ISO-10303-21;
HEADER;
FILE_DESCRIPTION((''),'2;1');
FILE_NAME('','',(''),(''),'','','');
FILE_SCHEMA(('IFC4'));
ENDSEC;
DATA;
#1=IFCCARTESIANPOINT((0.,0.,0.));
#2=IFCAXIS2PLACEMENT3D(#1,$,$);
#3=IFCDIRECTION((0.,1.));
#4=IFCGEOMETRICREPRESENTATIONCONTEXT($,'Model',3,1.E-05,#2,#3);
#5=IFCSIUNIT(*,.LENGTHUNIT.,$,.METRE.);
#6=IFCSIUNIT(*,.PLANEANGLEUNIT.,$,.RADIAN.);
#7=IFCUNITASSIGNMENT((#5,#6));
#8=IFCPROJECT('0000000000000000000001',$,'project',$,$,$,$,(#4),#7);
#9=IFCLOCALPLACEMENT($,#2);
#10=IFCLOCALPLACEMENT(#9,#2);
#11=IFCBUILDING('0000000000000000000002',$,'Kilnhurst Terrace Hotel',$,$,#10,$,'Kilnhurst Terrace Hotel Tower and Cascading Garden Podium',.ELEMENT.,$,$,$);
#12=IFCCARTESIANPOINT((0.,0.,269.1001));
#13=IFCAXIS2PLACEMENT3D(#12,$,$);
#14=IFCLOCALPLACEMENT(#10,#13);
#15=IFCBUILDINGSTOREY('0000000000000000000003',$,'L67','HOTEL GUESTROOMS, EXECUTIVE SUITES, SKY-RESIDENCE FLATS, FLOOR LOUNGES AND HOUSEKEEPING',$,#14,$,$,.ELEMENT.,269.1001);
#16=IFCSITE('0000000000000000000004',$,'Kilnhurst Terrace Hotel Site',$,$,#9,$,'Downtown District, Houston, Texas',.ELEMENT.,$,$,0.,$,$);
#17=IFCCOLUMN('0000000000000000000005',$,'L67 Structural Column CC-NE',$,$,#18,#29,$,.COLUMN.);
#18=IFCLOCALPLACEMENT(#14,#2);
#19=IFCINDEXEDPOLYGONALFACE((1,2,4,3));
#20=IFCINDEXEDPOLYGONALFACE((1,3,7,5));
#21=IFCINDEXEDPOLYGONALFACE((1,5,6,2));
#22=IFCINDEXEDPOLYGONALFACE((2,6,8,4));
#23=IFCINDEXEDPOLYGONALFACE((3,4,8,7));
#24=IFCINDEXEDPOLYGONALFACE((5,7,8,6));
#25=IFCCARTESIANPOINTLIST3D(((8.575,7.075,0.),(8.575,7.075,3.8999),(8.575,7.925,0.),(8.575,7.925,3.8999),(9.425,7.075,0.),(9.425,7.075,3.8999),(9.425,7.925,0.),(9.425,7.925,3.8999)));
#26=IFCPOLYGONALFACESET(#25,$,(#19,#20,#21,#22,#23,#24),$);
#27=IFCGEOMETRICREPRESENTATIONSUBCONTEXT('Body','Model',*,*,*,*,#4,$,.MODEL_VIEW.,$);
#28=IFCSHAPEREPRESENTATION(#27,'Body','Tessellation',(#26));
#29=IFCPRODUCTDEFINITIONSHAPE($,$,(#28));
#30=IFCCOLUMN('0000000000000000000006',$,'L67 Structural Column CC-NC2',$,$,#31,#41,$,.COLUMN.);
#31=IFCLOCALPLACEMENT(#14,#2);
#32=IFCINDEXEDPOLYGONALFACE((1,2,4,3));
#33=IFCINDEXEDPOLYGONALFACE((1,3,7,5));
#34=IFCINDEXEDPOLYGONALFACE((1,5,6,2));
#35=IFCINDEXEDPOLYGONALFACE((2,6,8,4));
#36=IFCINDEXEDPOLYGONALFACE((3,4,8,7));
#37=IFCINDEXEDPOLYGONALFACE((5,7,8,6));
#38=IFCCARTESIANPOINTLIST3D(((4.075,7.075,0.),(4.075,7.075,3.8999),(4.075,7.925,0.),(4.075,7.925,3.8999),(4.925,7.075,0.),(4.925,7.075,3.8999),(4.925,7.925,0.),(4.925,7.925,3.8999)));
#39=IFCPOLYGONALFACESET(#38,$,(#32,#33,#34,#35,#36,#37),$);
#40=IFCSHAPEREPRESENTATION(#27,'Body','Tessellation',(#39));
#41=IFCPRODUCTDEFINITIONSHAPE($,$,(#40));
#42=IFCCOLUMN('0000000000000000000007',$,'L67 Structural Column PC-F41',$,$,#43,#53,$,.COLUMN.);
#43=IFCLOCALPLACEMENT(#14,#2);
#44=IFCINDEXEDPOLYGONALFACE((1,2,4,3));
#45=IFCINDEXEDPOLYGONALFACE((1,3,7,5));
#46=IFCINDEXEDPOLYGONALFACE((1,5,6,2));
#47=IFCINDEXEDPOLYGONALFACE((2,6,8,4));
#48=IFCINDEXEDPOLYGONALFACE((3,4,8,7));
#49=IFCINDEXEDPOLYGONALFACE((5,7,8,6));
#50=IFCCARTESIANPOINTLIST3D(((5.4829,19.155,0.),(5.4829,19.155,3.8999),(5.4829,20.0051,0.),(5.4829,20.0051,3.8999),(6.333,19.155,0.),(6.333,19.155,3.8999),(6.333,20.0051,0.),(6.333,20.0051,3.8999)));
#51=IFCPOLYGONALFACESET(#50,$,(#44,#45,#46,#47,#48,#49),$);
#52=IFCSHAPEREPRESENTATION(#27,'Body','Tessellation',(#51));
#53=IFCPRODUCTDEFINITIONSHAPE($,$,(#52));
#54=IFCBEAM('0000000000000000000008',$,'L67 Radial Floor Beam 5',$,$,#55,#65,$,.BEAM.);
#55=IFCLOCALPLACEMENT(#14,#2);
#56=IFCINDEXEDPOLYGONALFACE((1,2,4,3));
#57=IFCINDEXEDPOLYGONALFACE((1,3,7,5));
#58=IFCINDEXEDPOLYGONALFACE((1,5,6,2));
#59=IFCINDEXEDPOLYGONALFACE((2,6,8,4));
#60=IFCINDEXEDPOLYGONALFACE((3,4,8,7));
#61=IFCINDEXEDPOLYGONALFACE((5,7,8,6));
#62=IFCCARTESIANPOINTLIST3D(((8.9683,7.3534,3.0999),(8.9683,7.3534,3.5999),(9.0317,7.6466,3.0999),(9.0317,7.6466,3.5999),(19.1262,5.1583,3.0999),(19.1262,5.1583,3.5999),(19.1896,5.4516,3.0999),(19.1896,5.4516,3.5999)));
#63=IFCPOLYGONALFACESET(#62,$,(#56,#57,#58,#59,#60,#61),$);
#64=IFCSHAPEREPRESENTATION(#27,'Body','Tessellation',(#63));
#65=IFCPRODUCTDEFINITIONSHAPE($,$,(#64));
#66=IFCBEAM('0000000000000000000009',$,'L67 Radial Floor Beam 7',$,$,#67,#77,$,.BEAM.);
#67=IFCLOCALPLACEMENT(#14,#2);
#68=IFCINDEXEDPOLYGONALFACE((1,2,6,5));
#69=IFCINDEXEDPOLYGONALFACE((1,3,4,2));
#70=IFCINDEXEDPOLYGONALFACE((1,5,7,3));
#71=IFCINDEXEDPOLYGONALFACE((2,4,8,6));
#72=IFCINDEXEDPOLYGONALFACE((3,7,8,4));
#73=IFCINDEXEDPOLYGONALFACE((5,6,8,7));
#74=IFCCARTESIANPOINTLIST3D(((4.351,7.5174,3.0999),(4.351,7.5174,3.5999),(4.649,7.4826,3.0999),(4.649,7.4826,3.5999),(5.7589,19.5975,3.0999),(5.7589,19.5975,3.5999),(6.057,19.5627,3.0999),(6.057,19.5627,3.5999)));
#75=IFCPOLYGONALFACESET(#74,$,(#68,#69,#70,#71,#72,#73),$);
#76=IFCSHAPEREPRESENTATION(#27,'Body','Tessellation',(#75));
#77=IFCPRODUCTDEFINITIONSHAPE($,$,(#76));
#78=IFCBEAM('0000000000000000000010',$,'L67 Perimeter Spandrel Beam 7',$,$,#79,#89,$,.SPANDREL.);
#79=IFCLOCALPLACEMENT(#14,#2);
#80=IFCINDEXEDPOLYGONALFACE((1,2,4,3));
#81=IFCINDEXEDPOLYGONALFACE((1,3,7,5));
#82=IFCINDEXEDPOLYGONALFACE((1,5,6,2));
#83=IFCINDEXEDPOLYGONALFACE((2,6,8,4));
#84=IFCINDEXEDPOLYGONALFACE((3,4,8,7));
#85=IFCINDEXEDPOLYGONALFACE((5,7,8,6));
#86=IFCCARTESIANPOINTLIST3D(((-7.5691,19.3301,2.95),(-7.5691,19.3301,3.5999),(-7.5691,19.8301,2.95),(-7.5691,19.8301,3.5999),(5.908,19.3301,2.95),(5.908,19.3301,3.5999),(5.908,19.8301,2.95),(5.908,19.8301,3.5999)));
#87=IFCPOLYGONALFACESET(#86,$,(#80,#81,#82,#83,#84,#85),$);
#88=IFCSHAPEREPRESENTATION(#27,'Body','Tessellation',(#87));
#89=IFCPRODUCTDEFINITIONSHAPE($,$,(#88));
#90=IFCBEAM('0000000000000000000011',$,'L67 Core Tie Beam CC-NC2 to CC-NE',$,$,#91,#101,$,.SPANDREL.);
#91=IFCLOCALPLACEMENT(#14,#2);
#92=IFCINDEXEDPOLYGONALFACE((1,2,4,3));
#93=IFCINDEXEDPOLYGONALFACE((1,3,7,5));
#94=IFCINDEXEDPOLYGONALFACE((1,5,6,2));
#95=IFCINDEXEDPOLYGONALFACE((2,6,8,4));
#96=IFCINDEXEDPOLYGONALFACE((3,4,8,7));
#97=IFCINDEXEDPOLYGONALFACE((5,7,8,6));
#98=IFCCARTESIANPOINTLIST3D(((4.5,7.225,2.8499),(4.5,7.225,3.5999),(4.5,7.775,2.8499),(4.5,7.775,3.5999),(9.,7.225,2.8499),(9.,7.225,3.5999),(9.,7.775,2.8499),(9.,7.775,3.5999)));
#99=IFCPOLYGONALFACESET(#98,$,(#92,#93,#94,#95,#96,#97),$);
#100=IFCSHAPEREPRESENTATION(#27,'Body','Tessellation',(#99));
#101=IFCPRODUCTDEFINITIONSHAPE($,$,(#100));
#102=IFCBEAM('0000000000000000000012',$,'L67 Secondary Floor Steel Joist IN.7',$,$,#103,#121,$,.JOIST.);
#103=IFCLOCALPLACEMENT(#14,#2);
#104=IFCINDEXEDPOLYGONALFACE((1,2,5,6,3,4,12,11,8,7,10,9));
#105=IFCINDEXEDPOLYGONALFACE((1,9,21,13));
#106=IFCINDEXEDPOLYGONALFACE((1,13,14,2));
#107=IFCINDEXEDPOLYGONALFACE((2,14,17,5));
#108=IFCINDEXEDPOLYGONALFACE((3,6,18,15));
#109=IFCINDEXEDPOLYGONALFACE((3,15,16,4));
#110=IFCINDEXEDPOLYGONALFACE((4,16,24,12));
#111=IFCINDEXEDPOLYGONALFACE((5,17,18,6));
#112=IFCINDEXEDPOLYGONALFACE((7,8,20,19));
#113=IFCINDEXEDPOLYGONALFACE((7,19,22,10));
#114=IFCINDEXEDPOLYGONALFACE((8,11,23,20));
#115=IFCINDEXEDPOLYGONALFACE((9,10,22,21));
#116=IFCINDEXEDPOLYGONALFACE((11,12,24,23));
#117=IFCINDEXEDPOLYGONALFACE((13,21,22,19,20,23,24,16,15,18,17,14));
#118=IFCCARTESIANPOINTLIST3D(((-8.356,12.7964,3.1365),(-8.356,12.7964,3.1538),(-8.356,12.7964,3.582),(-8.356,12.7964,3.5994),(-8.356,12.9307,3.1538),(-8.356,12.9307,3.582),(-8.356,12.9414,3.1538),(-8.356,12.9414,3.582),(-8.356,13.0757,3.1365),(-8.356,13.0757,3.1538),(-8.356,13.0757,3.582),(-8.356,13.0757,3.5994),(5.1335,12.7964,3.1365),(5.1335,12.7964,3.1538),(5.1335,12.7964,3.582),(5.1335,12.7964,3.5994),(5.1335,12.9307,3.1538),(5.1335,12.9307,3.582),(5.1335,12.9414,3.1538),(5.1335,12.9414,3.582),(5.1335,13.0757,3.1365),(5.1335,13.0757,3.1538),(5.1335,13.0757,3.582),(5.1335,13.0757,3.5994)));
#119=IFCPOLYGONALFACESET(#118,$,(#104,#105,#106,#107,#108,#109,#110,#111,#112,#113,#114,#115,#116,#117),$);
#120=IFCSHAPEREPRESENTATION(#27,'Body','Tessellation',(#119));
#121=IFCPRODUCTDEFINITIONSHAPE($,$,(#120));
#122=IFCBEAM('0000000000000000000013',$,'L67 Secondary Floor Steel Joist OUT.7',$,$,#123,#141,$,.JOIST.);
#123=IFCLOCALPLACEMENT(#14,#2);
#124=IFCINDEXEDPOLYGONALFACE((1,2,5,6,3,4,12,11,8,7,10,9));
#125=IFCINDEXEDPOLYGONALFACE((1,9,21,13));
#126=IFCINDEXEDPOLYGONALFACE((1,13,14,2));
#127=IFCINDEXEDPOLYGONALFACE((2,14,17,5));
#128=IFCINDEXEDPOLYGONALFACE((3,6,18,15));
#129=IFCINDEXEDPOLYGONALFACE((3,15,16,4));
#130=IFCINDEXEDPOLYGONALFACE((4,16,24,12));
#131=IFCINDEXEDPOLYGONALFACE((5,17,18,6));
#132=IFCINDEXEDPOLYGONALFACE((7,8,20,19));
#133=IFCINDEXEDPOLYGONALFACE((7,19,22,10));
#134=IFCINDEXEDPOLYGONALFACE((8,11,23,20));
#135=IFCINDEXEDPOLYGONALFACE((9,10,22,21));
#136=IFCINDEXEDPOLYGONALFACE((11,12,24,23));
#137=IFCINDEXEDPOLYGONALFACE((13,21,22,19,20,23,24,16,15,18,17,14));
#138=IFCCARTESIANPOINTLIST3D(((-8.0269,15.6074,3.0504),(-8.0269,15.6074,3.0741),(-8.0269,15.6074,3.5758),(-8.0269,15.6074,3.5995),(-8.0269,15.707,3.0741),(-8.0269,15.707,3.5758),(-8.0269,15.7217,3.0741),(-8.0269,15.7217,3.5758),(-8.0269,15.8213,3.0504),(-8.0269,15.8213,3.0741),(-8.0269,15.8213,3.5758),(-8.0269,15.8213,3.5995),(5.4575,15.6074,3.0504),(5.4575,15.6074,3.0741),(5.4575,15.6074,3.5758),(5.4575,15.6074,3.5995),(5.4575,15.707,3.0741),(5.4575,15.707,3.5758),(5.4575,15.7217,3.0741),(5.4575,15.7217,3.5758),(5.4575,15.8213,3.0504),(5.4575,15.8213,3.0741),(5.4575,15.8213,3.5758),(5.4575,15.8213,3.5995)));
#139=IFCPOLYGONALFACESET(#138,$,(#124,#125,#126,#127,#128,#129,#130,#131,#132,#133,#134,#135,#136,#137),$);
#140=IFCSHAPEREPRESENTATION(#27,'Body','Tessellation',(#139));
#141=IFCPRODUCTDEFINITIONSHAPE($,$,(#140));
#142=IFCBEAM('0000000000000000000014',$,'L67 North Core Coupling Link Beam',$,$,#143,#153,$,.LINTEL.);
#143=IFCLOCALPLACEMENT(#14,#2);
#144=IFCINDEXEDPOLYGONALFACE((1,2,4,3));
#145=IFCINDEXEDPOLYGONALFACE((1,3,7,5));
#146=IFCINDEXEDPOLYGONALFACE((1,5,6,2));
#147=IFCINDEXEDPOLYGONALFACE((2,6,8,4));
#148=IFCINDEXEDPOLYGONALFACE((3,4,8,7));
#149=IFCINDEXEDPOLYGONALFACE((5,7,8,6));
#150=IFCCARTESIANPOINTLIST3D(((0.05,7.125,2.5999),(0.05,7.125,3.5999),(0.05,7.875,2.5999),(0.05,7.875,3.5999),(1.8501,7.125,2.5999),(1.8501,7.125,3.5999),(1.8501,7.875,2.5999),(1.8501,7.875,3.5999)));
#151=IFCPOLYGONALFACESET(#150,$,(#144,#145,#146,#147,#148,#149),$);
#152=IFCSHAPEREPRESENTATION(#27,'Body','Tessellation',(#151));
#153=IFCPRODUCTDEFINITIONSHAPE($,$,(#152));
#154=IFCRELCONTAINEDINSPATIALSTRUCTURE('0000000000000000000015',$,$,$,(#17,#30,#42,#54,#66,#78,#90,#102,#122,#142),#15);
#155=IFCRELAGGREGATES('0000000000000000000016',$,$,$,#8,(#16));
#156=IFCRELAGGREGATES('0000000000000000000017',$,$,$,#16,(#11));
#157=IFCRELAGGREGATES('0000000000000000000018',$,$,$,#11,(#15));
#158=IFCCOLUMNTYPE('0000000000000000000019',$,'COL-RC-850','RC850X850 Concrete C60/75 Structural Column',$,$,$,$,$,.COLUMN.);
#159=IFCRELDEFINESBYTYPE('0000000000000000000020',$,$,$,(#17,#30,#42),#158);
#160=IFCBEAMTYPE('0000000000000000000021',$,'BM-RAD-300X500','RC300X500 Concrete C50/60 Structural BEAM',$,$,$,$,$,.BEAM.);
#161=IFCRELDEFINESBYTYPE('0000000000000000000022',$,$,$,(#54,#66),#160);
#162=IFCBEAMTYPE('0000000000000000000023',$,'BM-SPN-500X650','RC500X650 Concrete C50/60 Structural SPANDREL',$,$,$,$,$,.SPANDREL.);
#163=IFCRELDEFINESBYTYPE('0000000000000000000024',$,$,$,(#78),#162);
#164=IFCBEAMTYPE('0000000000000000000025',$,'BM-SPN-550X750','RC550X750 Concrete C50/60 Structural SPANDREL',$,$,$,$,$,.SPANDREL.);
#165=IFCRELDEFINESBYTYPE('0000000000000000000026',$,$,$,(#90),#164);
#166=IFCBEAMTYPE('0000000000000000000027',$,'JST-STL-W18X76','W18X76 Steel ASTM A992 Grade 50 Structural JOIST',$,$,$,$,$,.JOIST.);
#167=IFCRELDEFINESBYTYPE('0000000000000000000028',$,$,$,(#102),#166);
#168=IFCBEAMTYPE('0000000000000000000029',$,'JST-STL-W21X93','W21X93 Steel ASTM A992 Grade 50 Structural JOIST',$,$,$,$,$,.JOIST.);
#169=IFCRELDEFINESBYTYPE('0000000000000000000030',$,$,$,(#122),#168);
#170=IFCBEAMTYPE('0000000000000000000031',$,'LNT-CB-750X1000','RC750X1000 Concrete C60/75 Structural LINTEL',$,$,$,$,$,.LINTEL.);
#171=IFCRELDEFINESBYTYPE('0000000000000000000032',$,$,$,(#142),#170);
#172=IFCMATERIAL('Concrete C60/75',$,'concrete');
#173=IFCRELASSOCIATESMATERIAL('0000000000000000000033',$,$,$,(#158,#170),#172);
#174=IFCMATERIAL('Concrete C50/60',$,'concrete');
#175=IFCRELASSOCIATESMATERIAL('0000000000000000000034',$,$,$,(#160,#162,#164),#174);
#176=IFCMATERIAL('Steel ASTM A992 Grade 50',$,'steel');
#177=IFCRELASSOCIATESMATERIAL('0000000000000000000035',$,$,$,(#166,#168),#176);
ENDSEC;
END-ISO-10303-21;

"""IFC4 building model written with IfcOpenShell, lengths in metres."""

from ifc_helpers import new_model, si_unit, direction, frame, origin, origin_2d, place, context, subcontext, project, spatial, rectangle, i_section, extrude, material, material_profile, profile_set, type_object, element, save


model = new_model("IFC4")

# Units and contexts
model_context = context("Model", 3, precision=1e-05, world=origin(), true_north=direction((0.0, 1.0)))
body_context = subcontext(model_context, "Body", "Model", "MODEL_VIEW")
ifc_project = project(units=[si_unit("LENGTHUNIT", "METRE"), si_unit("PLANEANGLEUNIT", "RADIAN")], contexts=[model_context])

# Site, building, storey
site_placement = place(None, origin())
site = spatial("IfcSite", under=ifc_project, at=site_placement, Name="Kilnhurst Terrace Hotel Site", LongName="Downtown District, Houston, Texas", CompositionType="ELEMENT", RefElevation=0.0)
building_placement = place(site_placement, origin())
building = spatial("IfcBuilding", under=site, at=building_placement, Name="Kilnhurst Terrace Hotel", LongName="Kilnhurst Terrace Hotel Tower and Cascading Garden Podium", CompositionType="ELEMENT")
storey_placement = place(building_placement, frame((0.0, 0.0, 269.1001)))
storey = spatial("IfcBuildingStorey", under=building, at=storey_placement, Name="L67", Description="HOTEL GUESTROOMS, EXECUTIVE SUITES, SKY-RESIDENCE FLATS, FLOOR LOUNGES AND HOUSEKEEPING", CompositionType="ELEMENT", Elevation=269.1001)

# Columns
ifc_material_1 = material(Name="Concrete C60/75", Category="concrete")
ifc_material_profile_1 = material_profile(ifc_material_1, rectangle(XDim=0.8501, YDim=0.8501, at=origin_2d()), Name="RC850X850")
ifc_profile_set_1 = profile_set([ifc_material_profile_1], Name="Concrete C60/75")
column_type = type_object("IfcColumnType", Name="COL-RC-850", Description="RC850X850 Concrete C60/75 Structural Column", PredefinedType="COLUMN", material=ifc_profile_set_1)
for number, where, z_axis, x_axis, name in (
    (1, (9.0, 7.5, 0.0), (0.0, 0.0, 1.0), (1.0, 0.0, 0.0), "L67 Structural Column CC-NE"),
    (2, (4.5, 7.5, 0.0), (0.0, 0.0, 1.0), (1.0, 0.0, 0.0), "L67 Structural Column CC-NC2"),
    (3, (5.908, 19.5801, 0.0), (0.0, 0.0, 1.0), (1.0, 0.0, 0.0), "L67 Structural Column PC-F41"),
):
    element("IfcColumn", number, at=place(storey_placement, frame(where, z_axis=z_axis, x_axis=x_axis)), inside=storey, type_object=column_type, Name=name, PredefinedType="COLUMN", context=body_context, shape_type="SweptSolid", body=[
        extrude(rectangle(XDim=0.8501, YDim=0.8501, at=origin_2d()), origin(), (0.0, 0.0, 1.0), 3.8999),
    ])

# Beams
ifc_material_2 = material(Name="Concrete C50/60", Category="concrete")
ifc_material_profile_2 = material_profile(ifc_material_2, rectangle(XDim=0.3, YDim=0.5, at=origin_2d()), Name="RC300X500")
ifc_profile_set_2 = profile_set([ifc_material_profile_2], Name="Concrete C50/60")
beam_type_1 = type_object("IfcBeamType", Name="BM-RAD-300X500", Description="RC300X500 Concrete C50/60 Structural BEAM", PredefinedType="BEAM", material=ifc_profile_set_2)
beam_1_placement = place(storey_placement, frame((9.0, 7.5, 3.3499), z_axis=(0.977439, -0.211218, 0.0), x_axis=(0.211218, 0.977439, 0.0)))
element("IfcBeam", 4, at=beam_1_placement, inside=storey, type_object=beam_type_1, Name="L67 Radial Floor Beam 5", PredefinedType="BEAM", context=body_context, shape_type="SweptSolid", body=[
    extrude(rectangle(XDim=0.3, YDim=0.5, at=origin_2d()), origin(), (0.0, 0.0, 1.0), 10.3923),
])
beam_2_placement = place(storey_placement, frame((4.5, 7.5, 3.3499), z_axis=(0.115768, 0.993276, 0.0), x_axis=(-0.993276, 0.115768, 0.0)))
element("IfcBeam", 5, at=beam_2_placement, inside=storey, type_object=beam_type_1, Name="L67 Radial Floor Beam 7", PredefinedType="BEAM", context=body_context, shape_type="SweptSolid", body=[
    extrude(rectangle(XDim=0.3, YDim=0.5, at=origin_2d()), origin(), (0.0, 0.0, 1.0), 12.1619),
])
ifc_material_profile_3 = material_profile(ifc_material_2, rectangle(XDim=0.5, YDim=0.6499, at=origin_2d()), Name="RC500X650")
ifc_profile_set_3 = profile_set([ifc_material_profile_3], Name="Concrete C50/60")
beam_type_2 = type_object("IfcBeamType", Name="BM-SPN-500X650", Description="RC500X650 Concrete C50/60 Structural SPANDREL", PredefinedType="SPANDREL", material=ifc_profile_set_3)
beam_3_placement = place(storey_placement, frame((5.908, 19.5801, 3.2749), z_axis=(-1.0, 0.0, 0.0), x_axis=(0.0, -1.0, 0.0)))
element("IfcBeam", 6, at=beam_3_placement, inside=storey, type_object=beam_type_2, Name="L67 Perimeter Spandrel Beam 7", PredefinedType="SPANDREL", context=body_context, shape_type="SweptSolid", body=[
    extrude(rectangle(XDim=0.5, YDim=0.6499, at=origin_2d()), origin(), (0.0, 0.0, 1.0), 13.4771),
])
ifc_material_profile_4 = material_profile(ifc_material_2, rectangle(XDim=0.55, YDim=0.75, at=origin_2d()), Name="RC550X750")
ifc_profile_set_4 = profile_set([ifc_material_profile_4], Name="Concrete C50/60")
beam_type_3 = type_object("IfcBeamType", Name="BM-SPN-550X750", Description="RC550X750 Concrete C50/60 Structural SPANDREL", PredefinedType="SPANDREL", material=ifc_profile_set_4)
beam_4_placement = place(storey_placement, frame((4.5, 7.5, 3.2249), z_axis=(1.0, 0.0, 0.0), x_axis=(0.0, 1.0, 0.0)))
element("IfcBeam", 7, at=beam_4_placement, inside=storey, type_object=beam_type_3, Name="L67 Core Tie Beam CC-NC2 to CC-NE", PredefinedType="SPANDREL", context=body_context, shape_type="SweptSolid", body=[
    extrude(rectangle(XDim=0.55, YDim=0.75, at=origin_2d()), origin(), (0.0, 0.0, 1.0), 4.5),
])
ifc_material_3 = material(Name="Steel ASTM A992 Grade 50", Category="steel")
ifc_material_profile_5 = material_profile(ifc_material_3, i_section(OverallWidth=0.2793, OverallDepth=0.4629, WebThickness=0.0107, FlangeThickness=0.0173, at=origin_2d()), Name="W18X76")
ifc_profile_set_5 = profile_set([ifc_material_profile_5], Name="Steel ASTM A992 Grade 50")
beam_type_4 = type_object("IfcBeamType", Name="JST-STL-W18X76", Description="W18X76 Steel ASTM A992 Grade 50 Structural JOIST", PredefinedType="JOIST", material=ifc_profile_set_5)
beam_5_placement = place(storey_placement, frame((5.1335, 12.936, 3.3679), z_axis=(-1.0, 0.0, 0.0), x_axis=(0.0, -1.0, 0.0)))
element("IfcBeam", 8, at=beam_5_placement, inside=storey, type_object=beam_type_4, Name="L67 Secondary Floor Steel Joist IN.7", PredefinedType="JOIST", context=body_context, shape_type="SweptSolid", body=[
    extrude(i_section(OverallWidth=0.2793, OverallDepth=0.4629, WebThickness=0.0107, FlangeThickness=0.0173, at=origin_2d()), origin(), (0.0, 0.0, 1.0), 13.4895),
])
ifc_material_profile_6 = material_profile(ifc_material_3, i_section(OverallWidth=0.2139, OverallDepth=0.5491, WebThickness=0.0146, FlangeThickness=0.0237, at=origin_2d()), Name="W21X93")
ifc_profile_set_6 = profile_set([ifc_material_profile_6], Name="Steel ASTM A992 Grade 50")
beam_type_5 = type_object("IfcBeamType", Name="JST-STL-W21X93", Description="W21X93 Steel ASTM A992 Grade 50 Structural JOIST", PredefinedType="JOIST", material=ifc_profile_set_6)
beam_6_placement = place(storey_placement, frame((5.4575, 15.7144, 3.325), z_axis=(-1.0, 0.0, 0.0), x_axis=(0.0, -1.0, 0.0)))
element("IfcBeam", 9, at=beam_6_placement, inside=storey, type_object=beam_type_5, Name="L67 Secondary Floor Steel Joist OUT.7", PredefinedType="JOIST", context=body_context, shape_type="SweptSolid", body=[
    extrude(i_section(OverallWidth=0.2139, OverallDepth=0.5491, WebThickness=0.0146, FlangeThickness=0.0237, at=origin_2d()), origin(), (0.0, 0.0, 1.0), 13.4844),
])
ifc_material_profile_7 = material_profile(ifc_material_1, rectangle(XDim=0.75, YDim=1.0, at=origin_2d()), Name="RC750X1000")
ifc_profile_set_7 = profile_set([ifc_material_profile_7], Name="Concrete C60/75")
beam_type_6 = type_object("IfcBeamType", Name="LNT-CB-750X1000", Description="RC750X1000 Concrete C60/75 Structural LINTEL", PredefinedType="LINTEL", material=ifc_profile_set_7)
beam_7_placement = place(storey_placement, frame((0.05, 7.5, 3.0999), z_axis=(1.0, 0.0, 0.0), x_axis=(0.0, 1.0, 0.0)))
element("IfcBeam", 10, at=beam_7_placement, inside=storey, type_object=beam_type_6, Name="L67 North Core Coupling Link Beam", PredefinedType="LINTEL", context=body_context, shape_type="SweptSolid", body=[
    extrude(rectangle(XDim=0.75, YDim=1.0, at=origin_2d()), origin(), (0.0, 0.0, 1.0), 1.8),
])

save(model, "model.ifc")
